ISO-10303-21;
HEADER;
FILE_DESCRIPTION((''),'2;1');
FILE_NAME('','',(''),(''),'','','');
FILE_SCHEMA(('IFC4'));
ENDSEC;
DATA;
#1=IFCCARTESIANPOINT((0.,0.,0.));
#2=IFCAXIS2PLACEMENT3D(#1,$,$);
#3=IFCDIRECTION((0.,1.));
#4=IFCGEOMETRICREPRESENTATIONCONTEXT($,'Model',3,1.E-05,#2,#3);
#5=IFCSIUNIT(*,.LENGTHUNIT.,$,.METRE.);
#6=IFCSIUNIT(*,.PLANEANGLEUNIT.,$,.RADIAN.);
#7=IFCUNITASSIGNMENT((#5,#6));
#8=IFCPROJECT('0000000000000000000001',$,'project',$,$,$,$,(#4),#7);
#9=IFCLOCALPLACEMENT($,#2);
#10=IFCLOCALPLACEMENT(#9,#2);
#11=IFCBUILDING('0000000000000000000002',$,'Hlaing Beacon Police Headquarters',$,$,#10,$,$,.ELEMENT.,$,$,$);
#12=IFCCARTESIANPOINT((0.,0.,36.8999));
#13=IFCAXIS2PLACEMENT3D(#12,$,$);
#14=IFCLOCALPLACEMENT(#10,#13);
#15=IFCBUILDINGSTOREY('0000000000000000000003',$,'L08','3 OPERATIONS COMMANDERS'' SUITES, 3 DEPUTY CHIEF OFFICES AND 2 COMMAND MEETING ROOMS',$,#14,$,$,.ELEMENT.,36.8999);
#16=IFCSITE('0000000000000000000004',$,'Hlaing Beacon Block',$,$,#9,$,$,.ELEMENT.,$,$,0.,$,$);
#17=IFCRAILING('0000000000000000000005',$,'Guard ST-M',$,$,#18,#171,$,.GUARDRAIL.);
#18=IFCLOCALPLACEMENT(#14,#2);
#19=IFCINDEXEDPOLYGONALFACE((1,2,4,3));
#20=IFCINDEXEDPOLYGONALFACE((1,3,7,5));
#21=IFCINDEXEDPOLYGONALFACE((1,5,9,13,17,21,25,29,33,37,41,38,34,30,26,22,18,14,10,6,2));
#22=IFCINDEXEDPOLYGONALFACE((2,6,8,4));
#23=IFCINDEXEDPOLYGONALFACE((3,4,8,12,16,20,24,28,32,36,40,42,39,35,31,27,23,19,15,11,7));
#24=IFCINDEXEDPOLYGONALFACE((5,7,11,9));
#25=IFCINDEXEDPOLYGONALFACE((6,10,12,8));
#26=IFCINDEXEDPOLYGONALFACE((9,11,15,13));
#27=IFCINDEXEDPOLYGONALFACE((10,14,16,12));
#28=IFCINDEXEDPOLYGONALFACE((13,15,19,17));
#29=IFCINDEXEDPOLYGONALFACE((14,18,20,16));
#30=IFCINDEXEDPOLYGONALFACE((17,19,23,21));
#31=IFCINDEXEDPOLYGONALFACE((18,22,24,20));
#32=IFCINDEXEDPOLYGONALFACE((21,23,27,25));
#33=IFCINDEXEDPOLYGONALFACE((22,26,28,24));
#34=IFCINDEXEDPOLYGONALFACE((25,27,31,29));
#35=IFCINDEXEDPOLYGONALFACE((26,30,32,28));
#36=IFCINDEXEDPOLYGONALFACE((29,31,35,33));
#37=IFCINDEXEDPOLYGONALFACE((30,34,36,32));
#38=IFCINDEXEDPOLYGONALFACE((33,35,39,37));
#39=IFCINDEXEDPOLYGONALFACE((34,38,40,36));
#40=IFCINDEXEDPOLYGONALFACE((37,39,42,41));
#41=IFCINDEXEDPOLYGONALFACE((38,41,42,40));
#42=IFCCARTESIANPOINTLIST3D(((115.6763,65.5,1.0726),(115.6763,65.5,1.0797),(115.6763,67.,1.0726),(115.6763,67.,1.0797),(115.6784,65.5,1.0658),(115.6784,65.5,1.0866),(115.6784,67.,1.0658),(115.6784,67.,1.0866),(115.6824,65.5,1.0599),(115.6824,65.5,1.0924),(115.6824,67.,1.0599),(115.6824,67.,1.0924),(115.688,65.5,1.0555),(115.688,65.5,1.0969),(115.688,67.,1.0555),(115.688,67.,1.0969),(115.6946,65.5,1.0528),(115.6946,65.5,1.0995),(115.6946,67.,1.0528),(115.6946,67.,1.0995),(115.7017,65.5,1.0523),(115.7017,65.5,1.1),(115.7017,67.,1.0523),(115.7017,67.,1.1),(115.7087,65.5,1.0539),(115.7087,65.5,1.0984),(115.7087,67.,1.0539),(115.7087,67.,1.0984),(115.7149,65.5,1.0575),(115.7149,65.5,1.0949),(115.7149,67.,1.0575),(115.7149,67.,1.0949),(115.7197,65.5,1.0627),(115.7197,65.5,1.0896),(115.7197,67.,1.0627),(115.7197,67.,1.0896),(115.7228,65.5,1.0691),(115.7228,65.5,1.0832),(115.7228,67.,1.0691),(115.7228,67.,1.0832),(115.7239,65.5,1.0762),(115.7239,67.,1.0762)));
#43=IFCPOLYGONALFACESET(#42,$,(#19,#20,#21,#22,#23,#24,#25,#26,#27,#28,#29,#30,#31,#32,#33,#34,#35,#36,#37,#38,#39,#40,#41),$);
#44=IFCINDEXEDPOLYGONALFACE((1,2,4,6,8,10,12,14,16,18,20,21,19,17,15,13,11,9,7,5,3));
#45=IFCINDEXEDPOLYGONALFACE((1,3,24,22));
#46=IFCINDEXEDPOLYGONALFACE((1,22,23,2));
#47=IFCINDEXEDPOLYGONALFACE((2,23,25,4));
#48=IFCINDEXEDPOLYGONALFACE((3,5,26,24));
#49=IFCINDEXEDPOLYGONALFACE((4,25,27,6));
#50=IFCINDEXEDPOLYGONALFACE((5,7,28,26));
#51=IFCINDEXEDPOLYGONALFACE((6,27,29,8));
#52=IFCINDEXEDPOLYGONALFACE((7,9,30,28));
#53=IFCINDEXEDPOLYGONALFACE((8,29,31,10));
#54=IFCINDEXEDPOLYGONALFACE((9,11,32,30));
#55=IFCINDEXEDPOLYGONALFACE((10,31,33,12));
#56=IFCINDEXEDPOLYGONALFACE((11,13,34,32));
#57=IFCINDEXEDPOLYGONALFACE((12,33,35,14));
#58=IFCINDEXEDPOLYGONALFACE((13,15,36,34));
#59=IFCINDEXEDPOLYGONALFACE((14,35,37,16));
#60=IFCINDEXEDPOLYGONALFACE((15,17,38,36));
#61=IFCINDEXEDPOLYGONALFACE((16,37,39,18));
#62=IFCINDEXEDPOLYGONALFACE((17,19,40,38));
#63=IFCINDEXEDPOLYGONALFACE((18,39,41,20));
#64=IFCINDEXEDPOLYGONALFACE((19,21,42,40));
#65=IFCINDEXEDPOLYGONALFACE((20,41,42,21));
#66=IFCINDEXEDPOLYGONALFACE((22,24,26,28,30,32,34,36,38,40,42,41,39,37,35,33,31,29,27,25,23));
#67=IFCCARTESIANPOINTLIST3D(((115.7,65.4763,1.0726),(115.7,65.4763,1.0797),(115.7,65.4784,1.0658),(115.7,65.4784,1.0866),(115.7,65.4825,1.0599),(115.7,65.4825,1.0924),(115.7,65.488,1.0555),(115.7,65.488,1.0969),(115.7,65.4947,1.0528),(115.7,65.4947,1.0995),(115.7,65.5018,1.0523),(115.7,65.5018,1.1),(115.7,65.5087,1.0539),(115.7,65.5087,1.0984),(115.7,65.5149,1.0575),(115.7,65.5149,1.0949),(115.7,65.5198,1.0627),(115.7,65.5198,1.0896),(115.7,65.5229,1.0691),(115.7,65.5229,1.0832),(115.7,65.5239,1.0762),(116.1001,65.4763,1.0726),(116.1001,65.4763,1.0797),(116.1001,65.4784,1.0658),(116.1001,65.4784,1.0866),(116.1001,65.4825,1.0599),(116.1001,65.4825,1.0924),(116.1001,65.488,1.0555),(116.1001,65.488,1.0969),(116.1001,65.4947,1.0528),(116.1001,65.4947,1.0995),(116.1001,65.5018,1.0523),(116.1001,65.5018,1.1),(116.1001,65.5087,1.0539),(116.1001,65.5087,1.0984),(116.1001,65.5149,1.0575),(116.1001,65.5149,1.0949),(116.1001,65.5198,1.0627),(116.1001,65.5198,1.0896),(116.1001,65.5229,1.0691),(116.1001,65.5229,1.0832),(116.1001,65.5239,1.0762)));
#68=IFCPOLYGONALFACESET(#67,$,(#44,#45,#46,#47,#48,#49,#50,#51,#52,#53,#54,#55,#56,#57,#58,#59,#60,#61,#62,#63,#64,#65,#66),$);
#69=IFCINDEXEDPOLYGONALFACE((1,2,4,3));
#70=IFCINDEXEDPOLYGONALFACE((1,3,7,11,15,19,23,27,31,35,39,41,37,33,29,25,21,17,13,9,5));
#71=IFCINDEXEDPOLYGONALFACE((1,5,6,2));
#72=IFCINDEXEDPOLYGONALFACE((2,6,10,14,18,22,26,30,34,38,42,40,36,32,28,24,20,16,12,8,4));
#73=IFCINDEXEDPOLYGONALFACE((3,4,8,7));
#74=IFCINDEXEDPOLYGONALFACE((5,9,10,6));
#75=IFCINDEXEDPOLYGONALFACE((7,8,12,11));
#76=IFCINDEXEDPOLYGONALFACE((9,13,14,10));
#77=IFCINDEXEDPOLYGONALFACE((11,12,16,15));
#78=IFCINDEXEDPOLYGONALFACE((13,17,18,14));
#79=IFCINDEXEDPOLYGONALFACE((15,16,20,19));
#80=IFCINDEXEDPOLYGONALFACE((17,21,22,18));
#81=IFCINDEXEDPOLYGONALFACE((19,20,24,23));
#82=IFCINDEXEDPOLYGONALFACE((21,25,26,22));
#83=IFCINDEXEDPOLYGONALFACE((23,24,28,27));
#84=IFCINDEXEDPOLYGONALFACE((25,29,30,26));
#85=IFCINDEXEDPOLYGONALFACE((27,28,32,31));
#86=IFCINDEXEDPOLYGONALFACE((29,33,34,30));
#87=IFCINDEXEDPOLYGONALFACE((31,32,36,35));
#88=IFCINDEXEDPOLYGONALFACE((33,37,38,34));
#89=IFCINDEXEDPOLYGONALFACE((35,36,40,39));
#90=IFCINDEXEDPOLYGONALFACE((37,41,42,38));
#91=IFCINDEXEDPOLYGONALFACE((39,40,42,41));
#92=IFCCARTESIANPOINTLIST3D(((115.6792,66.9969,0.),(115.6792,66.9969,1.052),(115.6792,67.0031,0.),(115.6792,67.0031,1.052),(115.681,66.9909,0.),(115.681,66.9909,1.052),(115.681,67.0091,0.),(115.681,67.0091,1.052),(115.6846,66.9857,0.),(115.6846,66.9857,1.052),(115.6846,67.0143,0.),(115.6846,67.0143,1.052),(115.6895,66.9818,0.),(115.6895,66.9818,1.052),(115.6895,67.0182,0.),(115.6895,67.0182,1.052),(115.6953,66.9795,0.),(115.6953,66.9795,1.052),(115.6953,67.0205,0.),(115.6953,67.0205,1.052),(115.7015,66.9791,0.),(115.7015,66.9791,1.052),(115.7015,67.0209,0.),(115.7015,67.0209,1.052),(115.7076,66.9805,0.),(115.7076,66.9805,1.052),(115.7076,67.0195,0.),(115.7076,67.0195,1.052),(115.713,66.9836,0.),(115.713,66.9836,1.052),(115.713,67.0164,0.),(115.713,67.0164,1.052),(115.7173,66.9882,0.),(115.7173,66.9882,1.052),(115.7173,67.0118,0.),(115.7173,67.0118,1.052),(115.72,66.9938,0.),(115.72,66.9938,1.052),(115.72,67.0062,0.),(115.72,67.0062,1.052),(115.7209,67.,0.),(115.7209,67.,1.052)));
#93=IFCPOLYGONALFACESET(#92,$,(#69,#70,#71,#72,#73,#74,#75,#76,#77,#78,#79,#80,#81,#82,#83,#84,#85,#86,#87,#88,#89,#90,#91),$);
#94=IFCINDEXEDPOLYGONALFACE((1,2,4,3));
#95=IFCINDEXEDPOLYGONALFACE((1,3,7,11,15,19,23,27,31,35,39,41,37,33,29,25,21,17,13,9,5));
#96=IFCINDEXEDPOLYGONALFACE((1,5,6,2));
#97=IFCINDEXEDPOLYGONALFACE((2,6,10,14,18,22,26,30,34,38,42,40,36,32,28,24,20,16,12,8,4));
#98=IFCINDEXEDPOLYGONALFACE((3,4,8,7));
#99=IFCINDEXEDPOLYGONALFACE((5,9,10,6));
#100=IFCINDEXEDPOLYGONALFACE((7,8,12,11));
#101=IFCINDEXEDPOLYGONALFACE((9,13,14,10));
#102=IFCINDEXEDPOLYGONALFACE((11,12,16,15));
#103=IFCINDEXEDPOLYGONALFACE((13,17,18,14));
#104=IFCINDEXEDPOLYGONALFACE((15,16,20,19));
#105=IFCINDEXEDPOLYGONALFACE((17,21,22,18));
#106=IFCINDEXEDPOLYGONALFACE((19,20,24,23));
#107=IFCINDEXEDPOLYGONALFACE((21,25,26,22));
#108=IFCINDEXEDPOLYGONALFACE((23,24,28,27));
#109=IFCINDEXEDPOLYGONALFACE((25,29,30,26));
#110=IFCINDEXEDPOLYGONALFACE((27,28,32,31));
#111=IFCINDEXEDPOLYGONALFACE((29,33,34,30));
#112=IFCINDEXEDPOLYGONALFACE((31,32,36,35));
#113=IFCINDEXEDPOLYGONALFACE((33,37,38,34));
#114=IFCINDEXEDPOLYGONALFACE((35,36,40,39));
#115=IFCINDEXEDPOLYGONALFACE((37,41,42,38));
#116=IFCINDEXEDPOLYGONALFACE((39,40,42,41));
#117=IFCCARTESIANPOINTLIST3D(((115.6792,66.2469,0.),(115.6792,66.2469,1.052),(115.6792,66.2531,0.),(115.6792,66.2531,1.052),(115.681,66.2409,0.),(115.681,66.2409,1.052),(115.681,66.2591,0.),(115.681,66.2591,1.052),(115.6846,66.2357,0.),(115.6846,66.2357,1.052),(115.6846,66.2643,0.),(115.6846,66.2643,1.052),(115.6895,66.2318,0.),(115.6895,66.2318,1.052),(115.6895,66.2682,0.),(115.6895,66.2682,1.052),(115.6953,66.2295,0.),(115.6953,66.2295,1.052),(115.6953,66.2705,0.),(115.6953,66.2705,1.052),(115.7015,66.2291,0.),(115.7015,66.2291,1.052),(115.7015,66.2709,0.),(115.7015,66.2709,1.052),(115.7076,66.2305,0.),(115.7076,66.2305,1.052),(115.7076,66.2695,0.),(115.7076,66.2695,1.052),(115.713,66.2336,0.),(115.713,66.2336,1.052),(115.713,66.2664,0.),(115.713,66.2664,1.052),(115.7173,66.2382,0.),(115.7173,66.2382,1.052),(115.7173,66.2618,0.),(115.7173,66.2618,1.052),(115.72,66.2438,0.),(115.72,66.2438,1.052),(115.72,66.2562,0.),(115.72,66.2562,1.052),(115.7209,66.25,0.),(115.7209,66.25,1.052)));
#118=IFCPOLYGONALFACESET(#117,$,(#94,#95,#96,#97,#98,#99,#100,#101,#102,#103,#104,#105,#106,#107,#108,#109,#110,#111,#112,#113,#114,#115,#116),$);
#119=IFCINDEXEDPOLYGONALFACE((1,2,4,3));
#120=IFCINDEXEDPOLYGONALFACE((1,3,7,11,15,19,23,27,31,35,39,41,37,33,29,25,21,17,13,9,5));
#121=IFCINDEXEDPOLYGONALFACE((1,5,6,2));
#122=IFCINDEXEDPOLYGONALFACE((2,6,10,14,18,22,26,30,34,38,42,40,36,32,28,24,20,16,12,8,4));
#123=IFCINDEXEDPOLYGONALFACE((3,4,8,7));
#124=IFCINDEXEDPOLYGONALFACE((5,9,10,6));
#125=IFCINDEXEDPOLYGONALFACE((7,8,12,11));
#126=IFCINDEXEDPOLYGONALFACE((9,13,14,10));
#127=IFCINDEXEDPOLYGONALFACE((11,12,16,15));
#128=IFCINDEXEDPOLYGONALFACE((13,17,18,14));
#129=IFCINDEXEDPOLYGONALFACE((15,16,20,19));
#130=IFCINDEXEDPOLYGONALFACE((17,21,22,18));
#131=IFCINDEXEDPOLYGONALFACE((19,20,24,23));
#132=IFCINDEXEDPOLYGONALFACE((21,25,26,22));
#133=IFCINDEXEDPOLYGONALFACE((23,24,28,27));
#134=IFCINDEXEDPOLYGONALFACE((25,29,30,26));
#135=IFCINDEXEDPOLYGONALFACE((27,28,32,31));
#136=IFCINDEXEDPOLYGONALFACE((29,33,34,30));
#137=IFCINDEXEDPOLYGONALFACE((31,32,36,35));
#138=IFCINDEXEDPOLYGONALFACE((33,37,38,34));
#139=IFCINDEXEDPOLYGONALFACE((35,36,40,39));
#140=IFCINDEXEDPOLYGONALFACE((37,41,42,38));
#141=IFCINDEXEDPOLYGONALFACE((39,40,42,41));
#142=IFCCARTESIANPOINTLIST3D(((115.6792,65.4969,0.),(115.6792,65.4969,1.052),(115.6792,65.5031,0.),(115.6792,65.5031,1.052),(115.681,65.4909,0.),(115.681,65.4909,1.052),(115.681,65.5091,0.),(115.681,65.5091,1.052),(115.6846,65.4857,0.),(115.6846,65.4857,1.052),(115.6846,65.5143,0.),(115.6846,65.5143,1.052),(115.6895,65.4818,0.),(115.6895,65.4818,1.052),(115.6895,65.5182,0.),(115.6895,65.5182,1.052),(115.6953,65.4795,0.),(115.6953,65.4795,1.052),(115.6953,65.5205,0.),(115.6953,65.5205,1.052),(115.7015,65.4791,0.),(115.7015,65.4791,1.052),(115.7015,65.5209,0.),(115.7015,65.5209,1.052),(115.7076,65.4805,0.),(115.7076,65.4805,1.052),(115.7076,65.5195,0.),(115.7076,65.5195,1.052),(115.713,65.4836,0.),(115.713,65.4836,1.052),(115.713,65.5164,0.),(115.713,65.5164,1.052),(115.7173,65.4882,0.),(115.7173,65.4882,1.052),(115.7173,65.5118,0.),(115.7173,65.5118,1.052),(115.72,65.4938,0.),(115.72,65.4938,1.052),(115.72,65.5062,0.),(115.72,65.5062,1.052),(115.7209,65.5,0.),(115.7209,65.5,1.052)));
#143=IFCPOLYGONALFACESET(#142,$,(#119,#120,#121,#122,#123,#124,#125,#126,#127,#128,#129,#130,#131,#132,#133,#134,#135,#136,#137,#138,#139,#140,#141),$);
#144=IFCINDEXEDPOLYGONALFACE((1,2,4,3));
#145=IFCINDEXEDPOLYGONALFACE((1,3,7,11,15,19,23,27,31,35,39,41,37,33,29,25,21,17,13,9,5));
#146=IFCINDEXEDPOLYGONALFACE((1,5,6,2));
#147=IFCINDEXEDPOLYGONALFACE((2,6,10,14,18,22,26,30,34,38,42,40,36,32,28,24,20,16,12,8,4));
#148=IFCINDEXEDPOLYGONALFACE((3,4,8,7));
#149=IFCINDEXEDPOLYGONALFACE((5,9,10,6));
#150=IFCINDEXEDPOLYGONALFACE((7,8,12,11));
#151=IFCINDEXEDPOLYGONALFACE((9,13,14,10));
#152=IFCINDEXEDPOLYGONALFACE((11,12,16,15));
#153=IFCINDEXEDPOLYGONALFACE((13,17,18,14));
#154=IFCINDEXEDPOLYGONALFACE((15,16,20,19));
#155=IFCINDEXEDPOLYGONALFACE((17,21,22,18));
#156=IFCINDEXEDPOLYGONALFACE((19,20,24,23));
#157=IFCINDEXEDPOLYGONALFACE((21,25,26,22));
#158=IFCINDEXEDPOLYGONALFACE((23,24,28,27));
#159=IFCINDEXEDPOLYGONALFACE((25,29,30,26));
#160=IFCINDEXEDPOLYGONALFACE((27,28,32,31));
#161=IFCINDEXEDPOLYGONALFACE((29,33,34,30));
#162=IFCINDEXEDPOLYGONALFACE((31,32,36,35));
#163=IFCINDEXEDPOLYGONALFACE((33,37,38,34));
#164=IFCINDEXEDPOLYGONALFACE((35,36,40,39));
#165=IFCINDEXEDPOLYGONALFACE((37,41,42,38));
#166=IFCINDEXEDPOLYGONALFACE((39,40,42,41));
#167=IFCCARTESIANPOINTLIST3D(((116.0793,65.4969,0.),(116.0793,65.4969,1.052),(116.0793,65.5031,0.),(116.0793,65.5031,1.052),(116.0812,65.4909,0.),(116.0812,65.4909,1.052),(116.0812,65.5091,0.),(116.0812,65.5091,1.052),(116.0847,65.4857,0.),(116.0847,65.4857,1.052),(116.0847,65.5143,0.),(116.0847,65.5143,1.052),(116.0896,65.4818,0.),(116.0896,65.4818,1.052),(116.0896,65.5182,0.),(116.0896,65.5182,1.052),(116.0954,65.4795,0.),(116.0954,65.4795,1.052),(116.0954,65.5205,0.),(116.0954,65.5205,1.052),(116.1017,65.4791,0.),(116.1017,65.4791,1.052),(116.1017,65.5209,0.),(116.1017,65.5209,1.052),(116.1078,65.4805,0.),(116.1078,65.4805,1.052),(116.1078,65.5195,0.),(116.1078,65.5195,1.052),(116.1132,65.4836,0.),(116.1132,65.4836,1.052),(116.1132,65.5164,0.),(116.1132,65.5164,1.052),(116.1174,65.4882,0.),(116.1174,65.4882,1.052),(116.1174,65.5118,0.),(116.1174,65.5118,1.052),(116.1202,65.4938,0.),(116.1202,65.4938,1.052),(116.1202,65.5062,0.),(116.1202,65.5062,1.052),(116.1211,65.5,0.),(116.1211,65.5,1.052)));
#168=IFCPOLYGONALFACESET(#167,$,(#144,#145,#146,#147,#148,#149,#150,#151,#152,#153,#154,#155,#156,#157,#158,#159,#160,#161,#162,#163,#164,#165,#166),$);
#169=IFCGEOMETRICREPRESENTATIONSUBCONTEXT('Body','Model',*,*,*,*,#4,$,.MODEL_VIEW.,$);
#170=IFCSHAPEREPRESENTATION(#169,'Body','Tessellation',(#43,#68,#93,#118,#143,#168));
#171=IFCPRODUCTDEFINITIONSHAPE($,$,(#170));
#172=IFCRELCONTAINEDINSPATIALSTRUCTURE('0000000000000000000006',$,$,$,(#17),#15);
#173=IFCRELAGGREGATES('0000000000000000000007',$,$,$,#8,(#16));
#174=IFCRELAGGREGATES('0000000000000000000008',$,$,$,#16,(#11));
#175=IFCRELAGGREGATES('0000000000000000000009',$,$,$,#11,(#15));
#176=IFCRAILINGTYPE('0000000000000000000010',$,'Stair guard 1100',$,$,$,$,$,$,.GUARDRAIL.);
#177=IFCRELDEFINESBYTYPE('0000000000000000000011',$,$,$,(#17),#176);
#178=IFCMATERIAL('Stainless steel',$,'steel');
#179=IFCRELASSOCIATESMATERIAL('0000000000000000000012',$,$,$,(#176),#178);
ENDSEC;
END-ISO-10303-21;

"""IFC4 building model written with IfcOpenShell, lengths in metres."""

from ifc_helpers import new_model, si_unit, direction, frame, origin, origin_2d, place, context, subcontext, project, spatial, circle, extrude, material, type_object, element, save


model = new_model("IFC4")

# Units and contexts
model_context = context("Model", 3, precision=1e-05, world=origin(), true_north=direction((0.0, 1.0)))
body_context = subcontext(model_context, "Body", "Model", "MODEL_VIEW")
ifc_project = project(units=[si_unit("LENGTHUNIT", "METRE"), si_unit("PLANEANGLEUNIT", "RADIAN")], contexts=[model_context])

# Site, building, storey
site_placement = place(None, origin())
site = spatial("IfcSite", under=ifc_project, at=site_placement, Name="Hlaing Beacon Block", CompositionType="ELEMENT", RefElevation=0.0)
building_placement = place(site_placement, origin())
building = spatial("IfcBuilding", under=site, at=building_placement, Name="Hlaing Beacon Police Headquarters", CompositionType="ELEMENT")
storey_placement = place(building_placement, frame((0.0, 0.0, 36.8999)))
storey = spatial("IfcBuildingStorey", under=building, at=storey_placement, Name="L08", Description="3 OPERATIONS COMMANDERS' SUITES, 3 DEPUTY CHIEF OFFICES AND 2 COMMAND MEETING ROOMS", CompositionType="ELEMENT", Elevation=36.8999)

# Railing
ifc_material_1 = material(Name="Stainless steel", Category="steel")
railing_type_1 = type_object("IfcRailingType", Name="Stair guard 1100", PredefinedType="GUARDRAIL", material=ifc_material_1)
railing_placement = place(storey_placement, frame((115.7, 67.0, 0.0)))
element("IfcRailing", 1, at=railing_placement, inside=storey, type_object=railing_type_1, Name="Guard ST-M", PredefinedType="GUARDRAIL", context=body_context, shape_type="SweptSolid", body=[
    extrude(circle(Radius=0.0239, at=origin_2d()), frame((0.0, 0.0, 1.0762), z_axis=(0.0, -1.0, 0.0), x_axis=(1.0, 0.0, 0.0)), (0.0, 0.0, 1.0), 1.5),
    extrude(circle(Radius=0.0239, at=origin_2d()), frame((0.0, -1.5, 1.0762), z_axis=(1.0, 0.0, 0.0), x_axis=(0.0, 1.0, 0.0)), (0.0, 0.0, 1.0), 0.4001),
    extrude(circle(Radius=0.021, at=origin_2d()), origin(), (0.0, 0.0, 1.0), 1.052),
    extrude(circle(Radius=0.021, at=origin_2d()), frame((0.0, -0.75, 0.0)), (0.0, 0.0, 1.0), 1.052),
    extrude(circle(Radius=0.021, at=origin_2d()), frame((0.0, -1.5, 0.0)), (0.0, 0.0, 1.0), 1.052),
    extrude(circle(Radius=0.021, at=origin_2d()), frame((0.4001, -1.5, 0.0)), (0.0, 0.0, 1.0), 1.052),
])

save(model, "model.ifc")
